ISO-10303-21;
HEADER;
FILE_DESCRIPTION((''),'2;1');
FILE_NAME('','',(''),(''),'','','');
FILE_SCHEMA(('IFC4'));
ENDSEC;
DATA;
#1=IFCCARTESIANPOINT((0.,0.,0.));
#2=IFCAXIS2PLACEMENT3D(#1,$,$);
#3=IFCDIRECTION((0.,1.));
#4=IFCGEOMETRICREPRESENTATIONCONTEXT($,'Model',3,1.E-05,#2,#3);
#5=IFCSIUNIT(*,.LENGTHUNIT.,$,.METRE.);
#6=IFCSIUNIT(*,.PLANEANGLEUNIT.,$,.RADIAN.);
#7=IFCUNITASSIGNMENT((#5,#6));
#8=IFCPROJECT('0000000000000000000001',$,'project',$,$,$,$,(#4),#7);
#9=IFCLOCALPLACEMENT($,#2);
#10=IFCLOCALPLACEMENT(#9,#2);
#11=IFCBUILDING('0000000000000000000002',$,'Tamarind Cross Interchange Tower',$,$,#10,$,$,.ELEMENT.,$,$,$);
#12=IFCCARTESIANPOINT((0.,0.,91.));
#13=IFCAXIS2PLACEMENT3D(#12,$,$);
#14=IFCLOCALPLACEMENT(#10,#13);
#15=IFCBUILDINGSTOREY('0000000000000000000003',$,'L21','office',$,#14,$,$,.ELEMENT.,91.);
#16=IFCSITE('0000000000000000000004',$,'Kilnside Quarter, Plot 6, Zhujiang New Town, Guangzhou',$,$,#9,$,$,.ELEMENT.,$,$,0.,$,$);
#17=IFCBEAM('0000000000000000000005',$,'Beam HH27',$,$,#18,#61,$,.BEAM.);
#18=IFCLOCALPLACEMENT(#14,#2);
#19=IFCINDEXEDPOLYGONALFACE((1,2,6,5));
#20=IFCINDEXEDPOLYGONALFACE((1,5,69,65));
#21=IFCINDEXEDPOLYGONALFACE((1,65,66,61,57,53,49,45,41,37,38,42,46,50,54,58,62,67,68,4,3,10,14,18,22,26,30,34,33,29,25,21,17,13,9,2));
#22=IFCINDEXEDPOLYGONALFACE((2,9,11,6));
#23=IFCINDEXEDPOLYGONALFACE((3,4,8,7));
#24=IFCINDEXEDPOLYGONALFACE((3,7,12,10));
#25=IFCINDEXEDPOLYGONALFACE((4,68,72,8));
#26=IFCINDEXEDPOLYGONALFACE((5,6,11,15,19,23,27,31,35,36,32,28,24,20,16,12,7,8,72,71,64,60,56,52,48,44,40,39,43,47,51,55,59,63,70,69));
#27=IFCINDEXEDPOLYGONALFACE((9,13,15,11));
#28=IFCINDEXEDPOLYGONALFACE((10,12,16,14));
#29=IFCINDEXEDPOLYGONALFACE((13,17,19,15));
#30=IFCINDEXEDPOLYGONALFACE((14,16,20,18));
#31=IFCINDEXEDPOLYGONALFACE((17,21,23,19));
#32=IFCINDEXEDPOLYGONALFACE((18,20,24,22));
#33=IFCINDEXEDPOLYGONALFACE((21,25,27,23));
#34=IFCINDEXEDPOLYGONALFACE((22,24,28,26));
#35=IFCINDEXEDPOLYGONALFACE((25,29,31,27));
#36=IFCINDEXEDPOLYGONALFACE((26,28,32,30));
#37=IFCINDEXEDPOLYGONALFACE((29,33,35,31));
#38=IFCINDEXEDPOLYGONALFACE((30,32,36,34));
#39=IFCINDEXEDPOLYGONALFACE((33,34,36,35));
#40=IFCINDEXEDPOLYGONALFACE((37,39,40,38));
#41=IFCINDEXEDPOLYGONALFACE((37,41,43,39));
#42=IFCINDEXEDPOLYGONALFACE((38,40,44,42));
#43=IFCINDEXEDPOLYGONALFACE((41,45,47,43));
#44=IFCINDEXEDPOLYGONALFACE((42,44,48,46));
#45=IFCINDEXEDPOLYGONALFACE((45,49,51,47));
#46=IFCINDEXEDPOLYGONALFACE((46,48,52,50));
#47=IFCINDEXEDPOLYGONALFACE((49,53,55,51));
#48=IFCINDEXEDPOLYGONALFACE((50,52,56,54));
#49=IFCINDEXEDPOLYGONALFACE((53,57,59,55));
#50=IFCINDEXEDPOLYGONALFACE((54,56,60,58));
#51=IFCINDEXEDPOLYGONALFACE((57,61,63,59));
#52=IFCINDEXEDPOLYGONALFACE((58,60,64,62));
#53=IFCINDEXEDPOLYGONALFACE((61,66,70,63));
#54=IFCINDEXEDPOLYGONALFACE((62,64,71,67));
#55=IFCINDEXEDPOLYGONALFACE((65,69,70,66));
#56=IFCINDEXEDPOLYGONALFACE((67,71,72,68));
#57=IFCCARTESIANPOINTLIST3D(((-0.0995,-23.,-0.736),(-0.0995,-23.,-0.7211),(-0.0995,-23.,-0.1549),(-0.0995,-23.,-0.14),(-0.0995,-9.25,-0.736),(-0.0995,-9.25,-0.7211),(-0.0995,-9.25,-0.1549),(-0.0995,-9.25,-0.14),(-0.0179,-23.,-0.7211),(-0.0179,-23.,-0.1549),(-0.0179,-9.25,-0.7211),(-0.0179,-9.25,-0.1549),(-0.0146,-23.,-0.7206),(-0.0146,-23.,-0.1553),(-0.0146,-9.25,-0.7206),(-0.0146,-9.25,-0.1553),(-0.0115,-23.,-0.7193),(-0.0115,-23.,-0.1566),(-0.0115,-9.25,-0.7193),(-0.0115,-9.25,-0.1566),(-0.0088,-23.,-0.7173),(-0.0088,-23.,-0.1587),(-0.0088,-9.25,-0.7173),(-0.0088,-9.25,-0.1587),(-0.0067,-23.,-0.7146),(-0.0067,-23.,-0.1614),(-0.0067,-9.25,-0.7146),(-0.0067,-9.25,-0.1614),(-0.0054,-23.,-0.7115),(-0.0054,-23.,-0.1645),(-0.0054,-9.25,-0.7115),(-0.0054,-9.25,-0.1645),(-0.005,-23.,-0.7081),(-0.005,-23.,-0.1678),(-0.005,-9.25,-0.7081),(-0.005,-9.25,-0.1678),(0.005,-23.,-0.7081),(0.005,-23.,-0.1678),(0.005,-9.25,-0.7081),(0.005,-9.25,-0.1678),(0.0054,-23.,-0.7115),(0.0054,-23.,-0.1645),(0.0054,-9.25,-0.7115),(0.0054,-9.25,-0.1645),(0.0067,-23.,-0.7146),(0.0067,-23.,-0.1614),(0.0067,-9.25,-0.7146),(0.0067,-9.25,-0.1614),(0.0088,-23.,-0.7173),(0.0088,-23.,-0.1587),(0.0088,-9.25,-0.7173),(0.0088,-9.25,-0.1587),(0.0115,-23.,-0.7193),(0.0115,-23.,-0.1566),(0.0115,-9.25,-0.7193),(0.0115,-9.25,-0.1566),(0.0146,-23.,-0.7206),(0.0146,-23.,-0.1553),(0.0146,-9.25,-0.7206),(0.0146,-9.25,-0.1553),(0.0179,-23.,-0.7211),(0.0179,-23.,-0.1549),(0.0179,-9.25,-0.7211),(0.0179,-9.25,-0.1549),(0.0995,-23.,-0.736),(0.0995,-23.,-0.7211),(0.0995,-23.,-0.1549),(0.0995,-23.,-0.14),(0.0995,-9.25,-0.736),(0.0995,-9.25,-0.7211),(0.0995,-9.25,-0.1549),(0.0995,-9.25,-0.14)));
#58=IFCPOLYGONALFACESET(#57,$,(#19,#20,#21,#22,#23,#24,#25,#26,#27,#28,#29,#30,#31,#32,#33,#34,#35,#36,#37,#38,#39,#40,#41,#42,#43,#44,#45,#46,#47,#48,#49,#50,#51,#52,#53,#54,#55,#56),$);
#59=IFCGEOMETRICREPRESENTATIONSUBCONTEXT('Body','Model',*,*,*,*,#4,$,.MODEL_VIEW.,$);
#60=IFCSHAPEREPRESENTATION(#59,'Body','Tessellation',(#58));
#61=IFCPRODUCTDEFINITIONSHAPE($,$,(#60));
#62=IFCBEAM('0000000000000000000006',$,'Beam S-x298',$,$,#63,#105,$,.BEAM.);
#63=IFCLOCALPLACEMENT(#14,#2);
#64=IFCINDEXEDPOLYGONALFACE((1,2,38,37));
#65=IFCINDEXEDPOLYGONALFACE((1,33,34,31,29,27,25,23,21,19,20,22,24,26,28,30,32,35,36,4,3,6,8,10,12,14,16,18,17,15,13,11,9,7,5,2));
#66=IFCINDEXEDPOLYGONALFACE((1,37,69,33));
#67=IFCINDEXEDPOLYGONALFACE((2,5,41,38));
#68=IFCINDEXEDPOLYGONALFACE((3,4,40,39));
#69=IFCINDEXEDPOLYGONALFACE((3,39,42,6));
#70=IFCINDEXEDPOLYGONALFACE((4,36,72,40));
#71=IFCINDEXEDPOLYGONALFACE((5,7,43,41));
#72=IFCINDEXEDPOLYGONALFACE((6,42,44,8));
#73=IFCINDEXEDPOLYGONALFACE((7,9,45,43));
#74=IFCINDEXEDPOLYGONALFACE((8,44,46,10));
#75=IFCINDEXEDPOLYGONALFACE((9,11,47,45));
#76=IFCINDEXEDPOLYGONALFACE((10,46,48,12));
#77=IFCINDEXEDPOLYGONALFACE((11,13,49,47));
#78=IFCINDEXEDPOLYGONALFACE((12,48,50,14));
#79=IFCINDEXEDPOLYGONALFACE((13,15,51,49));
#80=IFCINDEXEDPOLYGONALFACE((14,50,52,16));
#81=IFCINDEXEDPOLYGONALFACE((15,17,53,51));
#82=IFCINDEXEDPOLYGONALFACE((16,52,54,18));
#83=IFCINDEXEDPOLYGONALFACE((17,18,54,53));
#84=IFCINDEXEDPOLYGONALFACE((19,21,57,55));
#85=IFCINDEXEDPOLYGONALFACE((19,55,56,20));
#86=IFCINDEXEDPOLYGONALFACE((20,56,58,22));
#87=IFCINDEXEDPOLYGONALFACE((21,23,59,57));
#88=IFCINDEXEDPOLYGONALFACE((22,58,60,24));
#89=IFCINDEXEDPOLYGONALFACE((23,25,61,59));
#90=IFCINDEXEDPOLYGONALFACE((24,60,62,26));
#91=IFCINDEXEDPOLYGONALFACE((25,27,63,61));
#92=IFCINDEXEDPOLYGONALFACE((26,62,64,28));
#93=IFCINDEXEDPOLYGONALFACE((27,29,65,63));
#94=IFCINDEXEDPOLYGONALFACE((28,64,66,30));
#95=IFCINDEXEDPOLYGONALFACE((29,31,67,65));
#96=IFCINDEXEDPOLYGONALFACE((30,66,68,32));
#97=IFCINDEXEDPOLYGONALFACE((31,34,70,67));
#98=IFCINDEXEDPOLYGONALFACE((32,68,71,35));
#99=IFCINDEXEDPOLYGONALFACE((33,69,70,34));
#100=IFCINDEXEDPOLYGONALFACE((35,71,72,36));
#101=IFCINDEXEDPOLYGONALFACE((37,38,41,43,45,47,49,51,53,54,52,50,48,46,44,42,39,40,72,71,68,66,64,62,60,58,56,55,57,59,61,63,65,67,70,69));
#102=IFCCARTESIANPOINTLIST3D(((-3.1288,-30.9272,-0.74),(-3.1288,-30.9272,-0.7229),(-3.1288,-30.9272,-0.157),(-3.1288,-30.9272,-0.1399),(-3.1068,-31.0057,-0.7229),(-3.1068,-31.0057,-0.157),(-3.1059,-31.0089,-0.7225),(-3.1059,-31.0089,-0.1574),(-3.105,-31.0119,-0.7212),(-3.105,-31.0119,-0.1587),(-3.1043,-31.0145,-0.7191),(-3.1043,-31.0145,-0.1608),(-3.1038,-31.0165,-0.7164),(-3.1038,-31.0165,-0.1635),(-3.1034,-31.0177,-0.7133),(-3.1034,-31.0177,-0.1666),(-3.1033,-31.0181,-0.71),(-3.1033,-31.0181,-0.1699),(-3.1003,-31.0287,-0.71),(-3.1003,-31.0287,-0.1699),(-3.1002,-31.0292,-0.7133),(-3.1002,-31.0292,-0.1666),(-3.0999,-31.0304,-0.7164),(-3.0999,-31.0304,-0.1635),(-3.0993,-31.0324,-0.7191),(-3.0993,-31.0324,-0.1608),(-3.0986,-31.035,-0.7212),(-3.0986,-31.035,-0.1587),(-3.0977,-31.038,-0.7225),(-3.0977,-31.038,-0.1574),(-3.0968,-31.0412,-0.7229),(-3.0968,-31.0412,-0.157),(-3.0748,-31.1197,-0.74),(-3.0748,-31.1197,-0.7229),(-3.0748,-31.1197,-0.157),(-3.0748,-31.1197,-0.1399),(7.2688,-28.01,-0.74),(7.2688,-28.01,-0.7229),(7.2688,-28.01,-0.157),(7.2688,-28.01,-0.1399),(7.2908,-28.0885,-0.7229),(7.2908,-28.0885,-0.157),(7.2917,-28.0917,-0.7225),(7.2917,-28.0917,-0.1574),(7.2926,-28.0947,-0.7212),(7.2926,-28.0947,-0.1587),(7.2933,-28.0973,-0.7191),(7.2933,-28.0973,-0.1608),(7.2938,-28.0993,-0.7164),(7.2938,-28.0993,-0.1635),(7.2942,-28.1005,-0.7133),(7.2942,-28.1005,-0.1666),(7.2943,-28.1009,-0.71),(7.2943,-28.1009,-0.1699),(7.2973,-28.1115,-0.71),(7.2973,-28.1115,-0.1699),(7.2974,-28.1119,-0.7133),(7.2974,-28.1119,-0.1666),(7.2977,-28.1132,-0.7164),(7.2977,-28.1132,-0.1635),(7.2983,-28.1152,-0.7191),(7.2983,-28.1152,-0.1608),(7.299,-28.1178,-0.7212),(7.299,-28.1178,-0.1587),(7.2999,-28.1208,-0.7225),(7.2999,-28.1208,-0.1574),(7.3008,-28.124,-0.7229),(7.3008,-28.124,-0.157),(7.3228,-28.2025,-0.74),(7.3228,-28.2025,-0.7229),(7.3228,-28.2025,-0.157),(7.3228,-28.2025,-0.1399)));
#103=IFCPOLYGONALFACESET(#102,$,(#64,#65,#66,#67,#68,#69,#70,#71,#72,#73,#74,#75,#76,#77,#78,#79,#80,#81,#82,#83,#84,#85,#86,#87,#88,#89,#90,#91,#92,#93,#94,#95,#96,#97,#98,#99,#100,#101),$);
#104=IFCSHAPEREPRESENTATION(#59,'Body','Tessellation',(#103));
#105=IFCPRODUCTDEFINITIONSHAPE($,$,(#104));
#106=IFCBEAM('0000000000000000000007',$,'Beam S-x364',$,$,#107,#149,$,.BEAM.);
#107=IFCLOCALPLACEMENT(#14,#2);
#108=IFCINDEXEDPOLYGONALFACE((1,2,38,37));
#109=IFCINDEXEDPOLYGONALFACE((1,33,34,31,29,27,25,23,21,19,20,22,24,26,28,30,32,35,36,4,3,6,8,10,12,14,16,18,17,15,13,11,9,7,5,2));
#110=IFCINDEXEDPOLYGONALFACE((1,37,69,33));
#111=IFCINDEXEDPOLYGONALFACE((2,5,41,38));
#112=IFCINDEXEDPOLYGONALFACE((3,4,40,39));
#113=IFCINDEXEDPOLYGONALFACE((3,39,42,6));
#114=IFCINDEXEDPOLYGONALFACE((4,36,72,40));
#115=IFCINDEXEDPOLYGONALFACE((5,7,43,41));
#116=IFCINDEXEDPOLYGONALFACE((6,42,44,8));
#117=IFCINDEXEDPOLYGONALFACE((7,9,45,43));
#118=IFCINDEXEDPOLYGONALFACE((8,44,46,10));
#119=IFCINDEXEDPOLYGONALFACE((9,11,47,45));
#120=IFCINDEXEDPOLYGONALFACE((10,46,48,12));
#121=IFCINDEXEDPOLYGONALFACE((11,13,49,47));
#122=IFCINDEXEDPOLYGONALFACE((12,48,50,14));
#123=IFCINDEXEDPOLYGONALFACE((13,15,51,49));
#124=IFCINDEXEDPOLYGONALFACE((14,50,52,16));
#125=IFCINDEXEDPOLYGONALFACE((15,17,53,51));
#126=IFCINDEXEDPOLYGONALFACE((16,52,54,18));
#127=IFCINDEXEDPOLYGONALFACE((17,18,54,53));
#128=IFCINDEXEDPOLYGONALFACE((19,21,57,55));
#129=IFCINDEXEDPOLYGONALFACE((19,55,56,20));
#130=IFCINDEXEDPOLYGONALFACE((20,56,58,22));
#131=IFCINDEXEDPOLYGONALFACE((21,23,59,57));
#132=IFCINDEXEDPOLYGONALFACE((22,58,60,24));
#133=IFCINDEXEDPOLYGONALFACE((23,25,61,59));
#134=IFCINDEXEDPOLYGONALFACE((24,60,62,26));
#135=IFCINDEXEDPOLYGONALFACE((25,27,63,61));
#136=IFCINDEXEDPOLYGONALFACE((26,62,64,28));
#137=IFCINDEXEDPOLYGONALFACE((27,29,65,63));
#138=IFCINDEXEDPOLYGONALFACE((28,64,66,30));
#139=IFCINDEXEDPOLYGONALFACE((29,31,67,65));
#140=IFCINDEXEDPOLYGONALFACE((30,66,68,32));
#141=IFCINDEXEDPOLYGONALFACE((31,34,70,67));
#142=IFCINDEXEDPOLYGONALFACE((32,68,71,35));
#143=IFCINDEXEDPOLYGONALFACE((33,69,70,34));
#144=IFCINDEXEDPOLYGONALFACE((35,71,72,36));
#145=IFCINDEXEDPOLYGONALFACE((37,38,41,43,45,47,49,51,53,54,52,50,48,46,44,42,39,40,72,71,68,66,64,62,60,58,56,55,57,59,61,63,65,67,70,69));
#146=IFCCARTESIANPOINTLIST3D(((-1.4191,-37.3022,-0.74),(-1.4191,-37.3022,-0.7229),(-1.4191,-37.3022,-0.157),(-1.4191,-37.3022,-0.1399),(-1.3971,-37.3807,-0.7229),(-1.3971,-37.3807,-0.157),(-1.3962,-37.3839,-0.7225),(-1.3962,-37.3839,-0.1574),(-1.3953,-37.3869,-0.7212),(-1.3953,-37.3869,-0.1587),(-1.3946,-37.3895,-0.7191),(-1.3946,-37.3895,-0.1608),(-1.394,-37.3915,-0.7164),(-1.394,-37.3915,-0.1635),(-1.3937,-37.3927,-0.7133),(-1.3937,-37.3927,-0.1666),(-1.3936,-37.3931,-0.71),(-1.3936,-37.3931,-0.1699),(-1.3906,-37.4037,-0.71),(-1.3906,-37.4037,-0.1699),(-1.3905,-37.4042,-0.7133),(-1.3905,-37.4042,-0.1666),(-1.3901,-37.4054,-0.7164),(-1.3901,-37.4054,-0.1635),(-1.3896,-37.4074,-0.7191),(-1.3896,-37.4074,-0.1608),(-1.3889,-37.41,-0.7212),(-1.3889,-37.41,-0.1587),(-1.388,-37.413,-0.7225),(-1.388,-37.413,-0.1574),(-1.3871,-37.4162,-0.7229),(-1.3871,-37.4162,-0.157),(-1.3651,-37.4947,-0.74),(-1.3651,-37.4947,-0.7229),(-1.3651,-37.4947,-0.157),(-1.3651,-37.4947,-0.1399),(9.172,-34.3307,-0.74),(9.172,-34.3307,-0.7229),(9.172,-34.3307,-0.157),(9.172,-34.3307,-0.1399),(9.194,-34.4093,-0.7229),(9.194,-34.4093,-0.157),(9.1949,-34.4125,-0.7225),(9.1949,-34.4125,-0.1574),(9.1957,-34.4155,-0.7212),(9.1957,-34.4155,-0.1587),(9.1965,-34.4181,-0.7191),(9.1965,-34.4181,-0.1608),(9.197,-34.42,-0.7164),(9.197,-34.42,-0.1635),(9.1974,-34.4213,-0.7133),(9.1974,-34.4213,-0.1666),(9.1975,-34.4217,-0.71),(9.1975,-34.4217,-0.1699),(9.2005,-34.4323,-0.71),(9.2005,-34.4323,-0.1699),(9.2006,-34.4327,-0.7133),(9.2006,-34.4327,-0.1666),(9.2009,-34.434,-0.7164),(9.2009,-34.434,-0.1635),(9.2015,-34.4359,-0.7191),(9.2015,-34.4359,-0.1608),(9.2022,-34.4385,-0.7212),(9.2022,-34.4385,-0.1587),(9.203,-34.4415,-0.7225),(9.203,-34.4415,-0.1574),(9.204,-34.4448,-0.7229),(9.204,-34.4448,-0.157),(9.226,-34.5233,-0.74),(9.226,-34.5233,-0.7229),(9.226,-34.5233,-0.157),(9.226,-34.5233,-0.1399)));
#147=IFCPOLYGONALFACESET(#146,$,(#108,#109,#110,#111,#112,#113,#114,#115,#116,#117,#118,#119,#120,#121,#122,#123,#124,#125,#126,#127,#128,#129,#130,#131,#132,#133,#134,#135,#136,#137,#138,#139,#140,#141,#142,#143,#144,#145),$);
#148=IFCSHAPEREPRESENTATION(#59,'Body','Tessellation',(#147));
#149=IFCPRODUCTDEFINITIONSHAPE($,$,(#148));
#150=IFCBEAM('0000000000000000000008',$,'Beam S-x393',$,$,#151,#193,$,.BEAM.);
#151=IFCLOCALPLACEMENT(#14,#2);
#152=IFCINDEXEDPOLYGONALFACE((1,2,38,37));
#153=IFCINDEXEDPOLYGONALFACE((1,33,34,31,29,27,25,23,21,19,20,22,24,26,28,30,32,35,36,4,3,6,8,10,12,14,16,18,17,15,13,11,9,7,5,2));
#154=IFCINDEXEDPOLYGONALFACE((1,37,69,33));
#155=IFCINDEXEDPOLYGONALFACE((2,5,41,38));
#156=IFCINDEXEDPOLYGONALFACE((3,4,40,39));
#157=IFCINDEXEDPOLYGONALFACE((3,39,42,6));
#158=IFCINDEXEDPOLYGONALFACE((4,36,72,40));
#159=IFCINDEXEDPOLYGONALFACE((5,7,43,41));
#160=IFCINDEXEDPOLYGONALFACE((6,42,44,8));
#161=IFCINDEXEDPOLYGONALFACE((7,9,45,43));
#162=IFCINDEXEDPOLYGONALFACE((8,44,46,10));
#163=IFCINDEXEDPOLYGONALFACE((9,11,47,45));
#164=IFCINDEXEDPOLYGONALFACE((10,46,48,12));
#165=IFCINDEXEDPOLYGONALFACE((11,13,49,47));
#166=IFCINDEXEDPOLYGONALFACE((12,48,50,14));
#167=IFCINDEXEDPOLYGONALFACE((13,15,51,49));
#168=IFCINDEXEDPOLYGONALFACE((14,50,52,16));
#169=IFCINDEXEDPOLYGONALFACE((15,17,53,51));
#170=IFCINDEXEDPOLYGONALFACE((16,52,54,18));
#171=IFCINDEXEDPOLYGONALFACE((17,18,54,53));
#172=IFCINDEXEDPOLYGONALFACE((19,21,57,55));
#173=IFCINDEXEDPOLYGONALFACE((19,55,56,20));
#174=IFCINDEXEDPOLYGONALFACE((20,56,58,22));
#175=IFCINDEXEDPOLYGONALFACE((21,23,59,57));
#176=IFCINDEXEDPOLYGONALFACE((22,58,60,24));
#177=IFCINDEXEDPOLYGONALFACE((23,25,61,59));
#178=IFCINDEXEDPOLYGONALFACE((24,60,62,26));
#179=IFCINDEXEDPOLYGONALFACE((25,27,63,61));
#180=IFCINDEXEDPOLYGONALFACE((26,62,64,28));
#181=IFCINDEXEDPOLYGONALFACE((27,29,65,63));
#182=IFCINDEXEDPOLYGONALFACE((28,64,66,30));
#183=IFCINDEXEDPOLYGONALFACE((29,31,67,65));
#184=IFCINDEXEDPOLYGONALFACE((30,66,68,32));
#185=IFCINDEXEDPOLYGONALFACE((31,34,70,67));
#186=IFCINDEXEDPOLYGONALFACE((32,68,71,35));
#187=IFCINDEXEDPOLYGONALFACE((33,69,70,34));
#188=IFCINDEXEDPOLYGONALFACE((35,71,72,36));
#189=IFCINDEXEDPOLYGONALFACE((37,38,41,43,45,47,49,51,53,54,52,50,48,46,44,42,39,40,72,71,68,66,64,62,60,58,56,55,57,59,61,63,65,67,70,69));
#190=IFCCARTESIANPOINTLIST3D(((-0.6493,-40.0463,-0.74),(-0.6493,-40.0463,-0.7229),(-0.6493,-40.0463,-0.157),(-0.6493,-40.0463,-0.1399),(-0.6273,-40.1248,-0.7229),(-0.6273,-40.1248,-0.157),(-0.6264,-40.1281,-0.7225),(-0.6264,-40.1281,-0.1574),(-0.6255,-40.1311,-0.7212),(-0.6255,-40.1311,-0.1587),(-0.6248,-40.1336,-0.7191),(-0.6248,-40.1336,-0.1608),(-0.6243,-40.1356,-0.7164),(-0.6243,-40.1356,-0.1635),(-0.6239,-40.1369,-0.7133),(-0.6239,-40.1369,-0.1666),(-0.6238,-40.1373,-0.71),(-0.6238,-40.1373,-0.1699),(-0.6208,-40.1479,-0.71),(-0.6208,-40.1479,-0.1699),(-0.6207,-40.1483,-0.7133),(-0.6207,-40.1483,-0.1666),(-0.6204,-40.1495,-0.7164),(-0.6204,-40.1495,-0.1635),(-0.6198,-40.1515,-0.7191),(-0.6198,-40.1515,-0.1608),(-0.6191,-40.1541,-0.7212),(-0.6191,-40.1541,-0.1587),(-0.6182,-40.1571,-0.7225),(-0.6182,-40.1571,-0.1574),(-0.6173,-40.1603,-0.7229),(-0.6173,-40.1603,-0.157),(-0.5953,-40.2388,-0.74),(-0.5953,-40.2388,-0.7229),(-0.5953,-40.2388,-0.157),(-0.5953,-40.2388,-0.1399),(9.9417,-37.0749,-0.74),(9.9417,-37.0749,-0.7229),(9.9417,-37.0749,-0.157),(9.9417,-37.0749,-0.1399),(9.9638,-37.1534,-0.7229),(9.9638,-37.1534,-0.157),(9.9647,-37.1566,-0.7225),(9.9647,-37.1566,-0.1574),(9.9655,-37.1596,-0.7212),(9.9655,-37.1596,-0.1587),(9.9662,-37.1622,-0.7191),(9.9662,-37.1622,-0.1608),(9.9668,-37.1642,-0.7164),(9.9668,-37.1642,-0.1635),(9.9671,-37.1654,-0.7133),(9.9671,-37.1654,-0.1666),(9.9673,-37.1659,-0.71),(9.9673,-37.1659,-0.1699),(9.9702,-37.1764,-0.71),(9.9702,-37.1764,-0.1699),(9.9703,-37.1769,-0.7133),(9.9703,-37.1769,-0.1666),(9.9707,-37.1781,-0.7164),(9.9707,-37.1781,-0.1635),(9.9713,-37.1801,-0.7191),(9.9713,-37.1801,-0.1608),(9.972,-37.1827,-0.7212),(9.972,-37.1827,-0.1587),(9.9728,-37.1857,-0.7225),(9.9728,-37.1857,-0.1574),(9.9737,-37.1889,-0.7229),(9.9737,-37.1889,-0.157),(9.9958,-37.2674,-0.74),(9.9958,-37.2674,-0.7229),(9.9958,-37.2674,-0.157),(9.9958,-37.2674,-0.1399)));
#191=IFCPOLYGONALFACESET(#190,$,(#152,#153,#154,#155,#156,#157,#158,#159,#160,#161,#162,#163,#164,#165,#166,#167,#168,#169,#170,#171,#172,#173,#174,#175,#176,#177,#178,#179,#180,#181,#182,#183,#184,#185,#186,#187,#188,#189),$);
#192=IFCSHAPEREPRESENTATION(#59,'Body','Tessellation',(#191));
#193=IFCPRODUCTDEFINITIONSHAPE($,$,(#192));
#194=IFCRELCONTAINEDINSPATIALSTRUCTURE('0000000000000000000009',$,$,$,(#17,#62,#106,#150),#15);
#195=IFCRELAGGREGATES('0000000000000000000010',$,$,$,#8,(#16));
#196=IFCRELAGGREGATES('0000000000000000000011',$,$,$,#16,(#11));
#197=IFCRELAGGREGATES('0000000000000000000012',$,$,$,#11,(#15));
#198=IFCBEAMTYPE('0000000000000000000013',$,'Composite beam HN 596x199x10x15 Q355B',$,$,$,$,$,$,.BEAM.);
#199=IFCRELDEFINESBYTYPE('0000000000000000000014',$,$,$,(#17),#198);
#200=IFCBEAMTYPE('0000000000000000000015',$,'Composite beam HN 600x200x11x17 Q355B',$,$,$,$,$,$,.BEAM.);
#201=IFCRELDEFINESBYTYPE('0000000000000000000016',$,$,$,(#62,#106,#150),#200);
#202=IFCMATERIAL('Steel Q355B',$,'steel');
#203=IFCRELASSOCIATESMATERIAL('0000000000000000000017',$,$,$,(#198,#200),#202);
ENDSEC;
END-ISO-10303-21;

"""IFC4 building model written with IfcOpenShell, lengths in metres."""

from ifc_helpers import new_model, si_unit, direction, frame, origin, origin_2d, place, context, subcontext, project, spatial, i_section, extrude, material, material_profile, profile_set, type_object, element, save


model = new_model("IFC4")

# Units and contexts
model_context = context("Model", 3, precision=1e-05, world=origin(), true_north=direction((0.0, 1.0)))
body_context = subcontext(model_context, "Body", "Model", "MODEL_VIEW")
ifc_project = project(units=[si_unit("LENGTHUNIT", "METRE"), si_unit("PLANEANGLEUNIT", "RADIAN")], contexts=[model_context])

# Site, building, storey
site_placement = place(None, origin())
site = spatial("IfcSite", under=ifc_project, at=site_placement, Name="Kilnside Quarter, Plot 6, Zhujiang New Town, Guangzhou", CompositionType="ELEMENT", RefElevation=0.0)
building_placement = place(site_placement, origin())
building = spatial("IfcBuilding", under=site, at=building_placement, Name="Tamarind Cross Interchange Tower", CompositionType="ELEMENT")
storey_placement = place(building_placement, frame((0.0, 0.0, 91.0)))
storey = spatial("IfcBuildingStorey", under=building, at=storey_placement, Name="L21", Description="office", CompositionType="ELEMENT", Elevation=91.0)

# Beams
ifc_material_1 = material(Name="Steel Q355B", Category="steel")
ifc_material_profile_1 = material_profile(ifc_material_1, i_section(OverallWidth=0.199, OverallDepth=0.5959, WebThickness=0.01, FlangeThickness=0.0149, FilletRadius=0.0129, at=origin_2d()), Name="HN 596x199x10x15")
ifc_profile_set_1 = profile_set([ifc_material_profile_1], Name="Steel Q355B")
beam_type_1 = type_object("IfcBeamType", Name="Composite beam HN 596x199x10x15 Q355B", PredefinedType="BEAM", material=ifc_profile_set_1)
beam_1_placement = place(storey_placement, frame((0.0, -23.0, -0.438), z_axis=(0.0, 1.0, 0.0), x_axis=(-1.0, 0.0, 0.0)))
element("IfcBeam", 1, at=beam_1_placement, inside=storey, type_object=beam_type_1, Name="Beam HH27", PredefinedType="BEAM", context=body_context, shape_type="SweptSolid", body=[
    extrude(i_section(OverallWidth=0.199, OverallDepth=0.5959, WebThickness=0.01, FlangeThickness=0.0149, FilletRadius=0.0129, at=origin_2d()), origin(), (0.0, 0.0, 1.0), 13.75),
])
ifc_material_profile_2 = material_profile(ifc_material_1, i_section(OverallWidth=0.2, OverallDepth=0.6001, WebThickness=0.011, FlangeThickness=0.0171, FilletRadius=0.0129, at=origin_2d()), Name="HN 600x200x11x17")
ifc_profile_set_2 = profile_set([ifc_material_profile_2], Name="Steel Q355B")
beam_type_2 = type_object("IfcBeamType", Name="Composite beam HN 600x200x11x17 Q355B", PredefinedType="BEAM", material=ifc_profile_set_2)
beam_2_placement = place(storey_placement, frame((-3.1018, -31.0234, -0.4399), z_axis=(0.962823, 0.270135, 0.0), x_axis=(-0.270135, 0.962823, 0.0)))
element("IfcBeam", 2, at=beam_2_placement, inside=storey, type_object=beam_type_2, Name="Beam S-x298", PredefinedType="BEAM", context=body_context, shape_type="SweptSolid", body=[
    extrude(i_section(OverallWidth=0.2, OverallDepth=0.6001, WebThickness=0.011, FlangeThickness=0.0171, FilletRadius=0.0129, at=origin_2d()), origin(), (0.0, 0.0, 1.0), 10.7991),
])
for number, where, z_axis, x_axis, name in (
    (3, (-1.3921, -37.3984, -0.4399), (0.962824, 0.27013, 0.0), (-0.27013, 0.962824, 0.0), "Beam S-x364"),
    (4, (-0.6223, -40.1426, -0.4399), (0.962824, 0.27013, 0.0), (-0.27013, 0.962824, 0.0), "Beam S-x393"),
):
    element("IfcBeam", number, at=place(storey_placement, frame(where, z_axis=z_axis, x_axis=x_axis)), inside=storey, type_object=beam_type_2, Name=name, PredefinedType="BEAM", context=body_context, shape_type="SweptSolid", body=[
        extrude(i_section(OverallWidth=0.2, OverallDepth=0.6001, WebThickness=0.011, FlangeThickness=0.0171, FilletRadius=0.0129, at=origin_2d()), origin(), (0.0, 0.0, 1.0), 11.0),
    ])

save(model, "model.ifc")
